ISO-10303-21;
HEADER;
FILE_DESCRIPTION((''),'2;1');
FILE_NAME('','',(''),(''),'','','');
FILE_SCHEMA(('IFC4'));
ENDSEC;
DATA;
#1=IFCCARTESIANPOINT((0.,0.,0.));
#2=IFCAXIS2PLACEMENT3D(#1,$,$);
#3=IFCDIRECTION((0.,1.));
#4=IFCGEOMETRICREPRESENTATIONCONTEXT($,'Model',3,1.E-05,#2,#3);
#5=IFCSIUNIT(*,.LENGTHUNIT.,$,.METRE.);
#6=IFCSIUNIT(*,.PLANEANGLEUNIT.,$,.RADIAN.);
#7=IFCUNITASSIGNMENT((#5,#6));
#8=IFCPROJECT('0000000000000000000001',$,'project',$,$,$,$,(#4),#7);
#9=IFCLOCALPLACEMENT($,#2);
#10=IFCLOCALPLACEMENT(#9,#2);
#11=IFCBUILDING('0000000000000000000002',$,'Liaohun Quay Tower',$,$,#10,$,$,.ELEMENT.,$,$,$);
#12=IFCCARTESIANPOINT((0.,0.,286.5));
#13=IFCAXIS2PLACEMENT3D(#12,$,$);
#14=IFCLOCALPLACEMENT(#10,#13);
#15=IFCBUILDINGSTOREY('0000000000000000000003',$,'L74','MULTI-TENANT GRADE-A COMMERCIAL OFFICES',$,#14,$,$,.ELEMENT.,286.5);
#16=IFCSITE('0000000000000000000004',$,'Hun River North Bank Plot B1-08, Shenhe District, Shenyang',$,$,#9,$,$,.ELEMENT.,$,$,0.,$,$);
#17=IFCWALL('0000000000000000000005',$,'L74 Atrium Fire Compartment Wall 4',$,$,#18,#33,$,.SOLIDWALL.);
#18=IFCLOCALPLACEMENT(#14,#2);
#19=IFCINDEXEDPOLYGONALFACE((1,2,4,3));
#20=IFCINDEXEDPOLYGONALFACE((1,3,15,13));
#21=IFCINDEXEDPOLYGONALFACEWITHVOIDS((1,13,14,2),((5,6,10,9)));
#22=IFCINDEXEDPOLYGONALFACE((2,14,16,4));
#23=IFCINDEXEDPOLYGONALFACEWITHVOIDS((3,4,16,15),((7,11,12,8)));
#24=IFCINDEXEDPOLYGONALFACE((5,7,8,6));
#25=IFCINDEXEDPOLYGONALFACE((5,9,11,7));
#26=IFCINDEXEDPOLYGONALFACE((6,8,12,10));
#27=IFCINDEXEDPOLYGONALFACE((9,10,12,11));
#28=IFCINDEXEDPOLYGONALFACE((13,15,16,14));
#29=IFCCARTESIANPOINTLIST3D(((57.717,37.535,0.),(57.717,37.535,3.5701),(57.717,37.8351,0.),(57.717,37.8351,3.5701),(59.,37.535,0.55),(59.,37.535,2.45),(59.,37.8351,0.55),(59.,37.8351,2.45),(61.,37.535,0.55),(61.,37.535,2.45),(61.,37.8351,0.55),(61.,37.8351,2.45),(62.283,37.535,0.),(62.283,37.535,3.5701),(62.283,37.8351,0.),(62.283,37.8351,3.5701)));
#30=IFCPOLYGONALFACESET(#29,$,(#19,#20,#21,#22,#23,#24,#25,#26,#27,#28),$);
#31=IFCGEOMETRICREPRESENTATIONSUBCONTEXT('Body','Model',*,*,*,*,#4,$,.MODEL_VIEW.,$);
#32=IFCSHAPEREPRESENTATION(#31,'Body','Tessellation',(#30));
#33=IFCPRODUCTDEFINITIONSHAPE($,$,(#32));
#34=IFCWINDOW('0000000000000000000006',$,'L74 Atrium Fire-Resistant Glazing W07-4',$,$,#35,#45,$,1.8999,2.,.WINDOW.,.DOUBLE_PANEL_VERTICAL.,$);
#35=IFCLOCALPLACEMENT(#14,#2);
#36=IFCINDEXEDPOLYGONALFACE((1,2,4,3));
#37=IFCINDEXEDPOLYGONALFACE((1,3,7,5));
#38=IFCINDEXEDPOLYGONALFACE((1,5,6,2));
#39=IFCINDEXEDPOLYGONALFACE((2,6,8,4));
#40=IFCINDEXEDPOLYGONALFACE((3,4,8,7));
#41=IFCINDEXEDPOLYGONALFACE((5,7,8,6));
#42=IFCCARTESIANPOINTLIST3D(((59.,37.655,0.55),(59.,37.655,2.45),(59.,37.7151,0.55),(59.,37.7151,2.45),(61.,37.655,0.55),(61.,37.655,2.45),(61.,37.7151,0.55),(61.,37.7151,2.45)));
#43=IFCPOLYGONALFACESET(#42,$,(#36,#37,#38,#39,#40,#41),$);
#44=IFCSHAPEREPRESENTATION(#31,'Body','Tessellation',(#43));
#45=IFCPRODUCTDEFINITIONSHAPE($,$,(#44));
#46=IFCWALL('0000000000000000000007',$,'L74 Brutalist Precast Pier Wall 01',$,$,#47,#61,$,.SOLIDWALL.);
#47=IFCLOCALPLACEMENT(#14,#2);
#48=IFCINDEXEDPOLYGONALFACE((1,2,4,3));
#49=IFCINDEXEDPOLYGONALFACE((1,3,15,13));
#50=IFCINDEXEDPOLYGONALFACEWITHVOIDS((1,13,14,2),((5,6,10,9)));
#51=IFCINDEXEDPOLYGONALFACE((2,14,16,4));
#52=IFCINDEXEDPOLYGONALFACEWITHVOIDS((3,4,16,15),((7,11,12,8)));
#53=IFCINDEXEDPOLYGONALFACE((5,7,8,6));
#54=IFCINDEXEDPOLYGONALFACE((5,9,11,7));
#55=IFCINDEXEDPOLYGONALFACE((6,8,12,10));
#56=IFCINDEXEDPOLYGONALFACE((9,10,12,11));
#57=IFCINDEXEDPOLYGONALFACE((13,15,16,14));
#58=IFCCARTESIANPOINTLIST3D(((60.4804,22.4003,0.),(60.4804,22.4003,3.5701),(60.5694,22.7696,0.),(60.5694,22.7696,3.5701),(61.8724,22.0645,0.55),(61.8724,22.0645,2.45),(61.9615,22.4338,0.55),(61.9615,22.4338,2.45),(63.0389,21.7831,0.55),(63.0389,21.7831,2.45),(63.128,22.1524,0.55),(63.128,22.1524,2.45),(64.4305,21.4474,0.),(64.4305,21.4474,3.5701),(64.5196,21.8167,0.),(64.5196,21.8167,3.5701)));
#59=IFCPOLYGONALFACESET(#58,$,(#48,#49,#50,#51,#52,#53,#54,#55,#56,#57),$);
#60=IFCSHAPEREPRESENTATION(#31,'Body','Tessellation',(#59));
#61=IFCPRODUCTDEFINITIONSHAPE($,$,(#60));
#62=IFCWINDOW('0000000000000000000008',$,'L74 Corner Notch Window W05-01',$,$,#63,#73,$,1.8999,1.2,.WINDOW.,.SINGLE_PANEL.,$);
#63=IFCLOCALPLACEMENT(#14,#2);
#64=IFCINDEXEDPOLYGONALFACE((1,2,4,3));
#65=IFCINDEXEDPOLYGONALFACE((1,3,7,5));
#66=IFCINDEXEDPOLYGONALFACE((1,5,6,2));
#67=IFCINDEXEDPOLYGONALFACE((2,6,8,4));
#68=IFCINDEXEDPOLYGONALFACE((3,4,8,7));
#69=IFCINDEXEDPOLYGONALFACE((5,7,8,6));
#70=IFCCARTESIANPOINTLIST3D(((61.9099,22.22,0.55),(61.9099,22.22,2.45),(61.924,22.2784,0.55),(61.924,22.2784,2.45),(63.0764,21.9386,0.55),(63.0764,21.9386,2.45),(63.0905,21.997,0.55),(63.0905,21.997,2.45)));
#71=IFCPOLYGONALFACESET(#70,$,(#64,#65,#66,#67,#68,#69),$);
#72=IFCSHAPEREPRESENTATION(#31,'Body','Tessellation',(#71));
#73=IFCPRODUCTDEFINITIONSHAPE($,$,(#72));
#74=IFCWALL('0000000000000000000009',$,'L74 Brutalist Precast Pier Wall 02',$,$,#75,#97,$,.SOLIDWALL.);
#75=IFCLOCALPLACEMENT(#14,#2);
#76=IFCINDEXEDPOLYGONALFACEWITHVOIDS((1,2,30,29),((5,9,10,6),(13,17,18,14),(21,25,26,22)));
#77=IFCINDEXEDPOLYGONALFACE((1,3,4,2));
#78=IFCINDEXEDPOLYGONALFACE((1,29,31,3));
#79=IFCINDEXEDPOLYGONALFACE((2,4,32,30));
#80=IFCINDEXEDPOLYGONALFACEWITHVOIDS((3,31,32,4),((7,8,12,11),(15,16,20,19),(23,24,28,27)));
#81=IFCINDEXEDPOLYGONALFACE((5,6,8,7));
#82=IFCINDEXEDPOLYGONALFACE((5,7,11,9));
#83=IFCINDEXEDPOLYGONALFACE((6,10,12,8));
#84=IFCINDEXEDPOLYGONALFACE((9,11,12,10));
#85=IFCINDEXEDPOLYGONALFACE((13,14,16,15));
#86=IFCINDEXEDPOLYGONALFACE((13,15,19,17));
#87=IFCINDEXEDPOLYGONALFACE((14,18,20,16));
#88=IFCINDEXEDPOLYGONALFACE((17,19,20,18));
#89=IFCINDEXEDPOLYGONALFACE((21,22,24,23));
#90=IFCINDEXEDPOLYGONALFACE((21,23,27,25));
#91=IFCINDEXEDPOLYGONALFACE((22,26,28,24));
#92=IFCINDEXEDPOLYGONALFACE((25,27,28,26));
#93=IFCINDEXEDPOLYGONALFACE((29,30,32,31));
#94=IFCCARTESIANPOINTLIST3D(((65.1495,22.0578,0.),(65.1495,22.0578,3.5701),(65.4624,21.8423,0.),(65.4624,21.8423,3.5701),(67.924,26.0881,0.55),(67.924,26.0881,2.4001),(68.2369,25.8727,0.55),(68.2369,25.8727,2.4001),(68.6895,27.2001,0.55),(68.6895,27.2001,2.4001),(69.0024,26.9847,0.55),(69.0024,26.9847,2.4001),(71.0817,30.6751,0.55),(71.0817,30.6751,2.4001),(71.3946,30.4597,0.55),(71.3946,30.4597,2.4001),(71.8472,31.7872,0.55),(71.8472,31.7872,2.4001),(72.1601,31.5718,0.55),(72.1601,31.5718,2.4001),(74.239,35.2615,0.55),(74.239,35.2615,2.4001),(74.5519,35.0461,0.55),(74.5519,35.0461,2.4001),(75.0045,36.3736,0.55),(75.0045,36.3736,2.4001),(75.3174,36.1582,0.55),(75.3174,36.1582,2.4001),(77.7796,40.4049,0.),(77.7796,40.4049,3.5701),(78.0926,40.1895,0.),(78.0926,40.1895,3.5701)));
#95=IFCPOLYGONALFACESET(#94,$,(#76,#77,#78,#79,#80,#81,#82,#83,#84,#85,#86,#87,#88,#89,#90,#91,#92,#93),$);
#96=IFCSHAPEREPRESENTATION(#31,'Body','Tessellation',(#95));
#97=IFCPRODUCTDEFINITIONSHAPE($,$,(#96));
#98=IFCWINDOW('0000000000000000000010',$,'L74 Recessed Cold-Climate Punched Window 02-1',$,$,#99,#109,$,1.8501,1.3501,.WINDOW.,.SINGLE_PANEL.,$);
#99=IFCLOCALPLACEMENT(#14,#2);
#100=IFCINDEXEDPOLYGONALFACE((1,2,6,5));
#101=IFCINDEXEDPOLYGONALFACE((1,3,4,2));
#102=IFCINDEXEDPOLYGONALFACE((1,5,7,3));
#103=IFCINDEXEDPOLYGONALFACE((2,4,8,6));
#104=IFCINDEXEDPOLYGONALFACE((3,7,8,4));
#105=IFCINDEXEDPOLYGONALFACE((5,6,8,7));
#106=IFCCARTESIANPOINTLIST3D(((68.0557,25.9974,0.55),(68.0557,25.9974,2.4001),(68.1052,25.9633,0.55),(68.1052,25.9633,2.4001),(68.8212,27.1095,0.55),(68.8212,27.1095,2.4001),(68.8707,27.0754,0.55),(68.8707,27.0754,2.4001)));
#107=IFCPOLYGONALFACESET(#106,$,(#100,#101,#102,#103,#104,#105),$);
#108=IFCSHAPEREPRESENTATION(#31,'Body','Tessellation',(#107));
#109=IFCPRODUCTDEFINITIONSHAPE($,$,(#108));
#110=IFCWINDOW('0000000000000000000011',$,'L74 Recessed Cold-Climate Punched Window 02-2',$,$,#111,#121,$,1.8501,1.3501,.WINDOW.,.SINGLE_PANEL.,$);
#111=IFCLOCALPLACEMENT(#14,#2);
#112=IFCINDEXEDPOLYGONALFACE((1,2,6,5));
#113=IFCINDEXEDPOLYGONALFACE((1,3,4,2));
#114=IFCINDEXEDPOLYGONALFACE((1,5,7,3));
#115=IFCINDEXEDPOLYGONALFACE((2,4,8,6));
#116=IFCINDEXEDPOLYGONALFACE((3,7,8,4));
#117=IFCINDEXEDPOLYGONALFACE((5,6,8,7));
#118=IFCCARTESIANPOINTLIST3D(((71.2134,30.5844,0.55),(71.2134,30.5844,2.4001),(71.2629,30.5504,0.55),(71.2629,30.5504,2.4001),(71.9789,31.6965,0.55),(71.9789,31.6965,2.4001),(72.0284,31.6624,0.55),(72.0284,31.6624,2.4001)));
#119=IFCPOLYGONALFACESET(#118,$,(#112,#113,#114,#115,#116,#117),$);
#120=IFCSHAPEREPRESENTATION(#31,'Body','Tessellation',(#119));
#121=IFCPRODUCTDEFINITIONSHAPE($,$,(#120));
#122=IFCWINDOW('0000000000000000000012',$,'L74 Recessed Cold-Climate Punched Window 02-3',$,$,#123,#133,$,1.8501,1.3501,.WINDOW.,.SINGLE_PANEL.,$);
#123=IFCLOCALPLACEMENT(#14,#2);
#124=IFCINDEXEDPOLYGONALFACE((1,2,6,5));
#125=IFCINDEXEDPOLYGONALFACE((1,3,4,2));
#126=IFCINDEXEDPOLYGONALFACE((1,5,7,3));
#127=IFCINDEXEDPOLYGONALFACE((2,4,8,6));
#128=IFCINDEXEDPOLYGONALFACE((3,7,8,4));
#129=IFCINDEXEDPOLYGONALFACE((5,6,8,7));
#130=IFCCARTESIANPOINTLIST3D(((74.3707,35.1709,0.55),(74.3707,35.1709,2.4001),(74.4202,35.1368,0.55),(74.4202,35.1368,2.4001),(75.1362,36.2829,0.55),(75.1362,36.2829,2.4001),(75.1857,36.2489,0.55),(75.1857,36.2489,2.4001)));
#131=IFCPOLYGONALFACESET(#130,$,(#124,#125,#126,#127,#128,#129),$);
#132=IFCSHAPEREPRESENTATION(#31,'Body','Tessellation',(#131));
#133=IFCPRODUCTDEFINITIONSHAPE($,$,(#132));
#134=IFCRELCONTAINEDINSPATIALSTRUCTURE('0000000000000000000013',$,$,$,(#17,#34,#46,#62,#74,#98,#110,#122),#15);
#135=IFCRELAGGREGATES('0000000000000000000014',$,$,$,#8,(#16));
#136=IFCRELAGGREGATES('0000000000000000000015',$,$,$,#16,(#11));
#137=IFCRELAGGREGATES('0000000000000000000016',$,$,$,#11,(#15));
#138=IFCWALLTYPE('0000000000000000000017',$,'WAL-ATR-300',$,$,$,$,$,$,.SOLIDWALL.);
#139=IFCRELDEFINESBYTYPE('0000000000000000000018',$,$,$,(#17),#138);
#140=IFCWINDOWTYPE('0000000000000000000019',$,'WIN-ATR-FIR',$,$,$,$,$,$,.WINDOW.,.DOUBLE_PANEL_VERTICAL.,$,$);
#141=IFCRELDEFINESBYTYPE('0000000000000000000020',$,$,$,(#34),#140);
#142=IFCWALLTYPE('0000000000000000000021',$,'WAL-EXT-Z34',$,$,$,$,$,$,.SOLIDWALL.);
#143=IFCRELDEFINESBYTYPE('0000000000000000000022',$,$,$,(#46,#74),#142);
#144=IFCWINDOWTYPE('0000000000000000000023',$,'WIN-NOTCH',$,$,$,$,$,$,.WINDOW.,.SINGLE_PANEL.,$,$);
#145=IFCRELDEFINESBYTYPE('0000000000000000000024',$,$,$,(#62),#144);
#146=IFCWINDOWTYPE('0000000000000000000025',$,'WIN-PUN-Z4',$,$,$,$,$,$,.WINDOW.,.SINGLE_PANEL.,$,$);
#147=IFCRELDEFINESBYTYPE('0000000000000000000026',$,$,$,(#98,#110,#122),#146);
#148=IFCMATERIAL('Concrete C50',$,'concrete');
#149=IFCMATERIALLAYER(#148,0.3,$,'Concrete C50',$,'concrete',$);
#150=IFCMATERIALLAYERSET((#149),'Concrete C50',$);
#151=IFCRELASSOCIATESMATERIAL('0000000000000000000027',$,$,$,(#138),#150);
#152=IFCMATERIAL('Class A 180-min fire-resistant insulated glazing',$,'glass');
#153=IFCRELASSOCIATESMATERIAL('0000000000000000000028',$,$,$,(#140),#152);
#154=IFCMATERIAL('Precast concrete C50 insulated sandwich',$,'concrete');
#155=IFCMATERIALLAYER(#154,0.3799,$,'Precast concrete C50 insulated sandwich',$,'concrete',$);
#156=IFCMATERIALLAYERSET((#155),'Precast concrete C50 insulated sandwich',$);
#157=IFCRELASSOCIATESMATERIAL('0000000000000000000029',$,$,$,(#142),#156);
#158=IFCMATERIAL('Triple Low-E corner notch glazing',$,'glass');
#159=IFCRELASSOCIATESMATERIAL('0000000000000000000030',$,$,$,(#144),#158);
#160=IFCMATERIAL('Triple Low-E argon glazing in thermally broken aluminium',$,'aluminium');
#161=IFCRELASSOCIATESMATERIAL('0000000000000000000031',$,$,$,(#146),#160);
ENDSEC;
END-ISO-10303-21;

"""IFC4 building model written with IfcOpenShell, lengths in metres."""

from ifc_helpers import new_model, si_unit, direction, frame, frame_2d, origin, place, context, subcontext, project, spatial, rectangle, extrude, source, transform, mapped, material, layer, layer_set, type_object, element, fill, save


model = new_model("IFC4")

# Units and contexts
model_context = context("Model", 3, precision=1e-05, world=origin(), true_north=direction((0.0, 1.0)))
body_context = subcontext(model_context, "Body", "Model", "MODEL_VIEW")
ifc_project = project(units=[si_unit("LENGTHUNIT", "METRE"), si_unit("PLANEANGLEUNIT", "RADIAN")], contexts=[model_context])

# Site, building, storey
site_placement = place(None, origin())
site = spatial("IfcSite", under=ifc_project, at=site_placement, Name="Hun River North Bank Plot B1-08, Shenhe District, Shenyang", CompositionType="ELEMENT", RefElevation=0.0)
building_placement = place(site_placement, origin())
building = spatial("IfcBuilding", under=site, at=building_placement, Name="Liaohun Quay Tower", CompositionType="ELEMENT")
storey_placement = place(building_placement, frame((0.0, 0.0, 286.5)))
storey = spatial("IfcBuildingStorey", under=building, at=storey_placement, Name="L74", Description="MULTI-TENANT GRADE-A COMMERCIAL OFFICES", CompositionType="ELEMENT", Elevation=286.5)

# Shared definitions
ifc_material_1 = material(Name="Concrete C50", Category="concrete")

# Walls, openings, windows
ifc_layer_1 = layer(ifc_material_1, 0.3, Name="Concrete C50", Category="concrete")
ifc_layer_set_1 = layer_set([ifc_layer_1], Name="Concrete C50")
wall_type_1 = type_object("IfcWallType", Name="WAL-ATR-300", PredefinedType="SOLIDWALL", material=ifc_layer_set_1)
shared_shape_1 = source(origin(), body_context, "Body", "SweptSolid", [
    extrude(rectangle(XDim=2.0, YDim=1.8999, at=frame_2d((1.0, 0.95))), frame((0.0, 0.1599, 0.0), z_axis=(0.0, -1.0, 0.0), x_axis=(1.0, 0.0, 0.0)), (0.0, 0.0, 1.0), 0.3201),
])
ifc_material_2 = material(Name="Class A 180-min fire-resistant insulated glazing", Category="glass")
window_type_1 = type_object("IfcWindowType", Name="WIN-ATR-FIR", PartitioningType="DOUBLE_PANEL_VERTICAL", PredefinedType="WINDOW", material=ifc_material_2)
shared_shape_2 = source(origin(), body_context, "Body", "SweptSolid", [
    extrude(rectangle(XDim=2.0, YDim=1.8999, at=frame_2d((1.0, 0.95))), frame((0.0, 0.03, 0.0), z_axis=(0.0, -1.0, 0.0), x_axis=(1.0, 0.0, 0.0)), (0.0, 0.0, 1.0), 0.0601),
])
wall_1_placement = place(storey_placement, frame((62.283, 37.6851, 0.0), z_axis=(0.0, 0.0, 1.0), x_axis=(-1.0, 0.0, 0.0)))
wall_1 = element("IfcWall", 1, at=wall_1_placement, inside=storey, type_object=wall_type_1, Name="L74 Atrium Fire Compartment Wall 4", PredefinedType="SOLIDWALL", context=body_context, shape_type="SweptSolid", body=[
    extrude(rectangle(XDim=4.5659, YDim=0.3, at=frame_2d((2.283, 0.0))), origin(), (0.0, 0.0, 1.0), 3.5701),
])
opening_1_placement = place(wall_1_placement, frame((1.283, 0.0, 0.55)))
opening_1 = element("IfcOpeningElement", 2, at=opening_1_placement, cuts=wall_1, PredefinedType="OPENING", context=body_context, shape_type="MappedRepresentation", body=[
    mapped(shared_shape_1, transform((0.0, 0.0, 0.0), x_axis=(1.0, 0.0, 0.0), y_axis=(0.0, 1.0, 0.0), z_axis=(0.0, 0.0, 1.0), scale=1.0)),
])
window_1_placement = place(opening_1_placement, origin())
window_1 = element("IfcWindow", 3, at=window_1_placement, inside=storey, type_object=window_type_1, Name="L74 Atrium Fire-Resistant Glazing W07-4", OverallHeight=1.8999, OverallWidth=2.0, PartitioningType="DOUBLE_PANEL_VERTICAL", PredefinedType="WINDOW", context=body_context, shape_type="MappedRepresentation", body=[
    mapped(shared_shape_2, transform((0.0, 0.0, 0.0), x_axis=(1.0, 0.0, 0.0), y_axis=(0.0, 1.0, 0.0), z_axis=(0.0, 0.0, 1.0), scale=1.0)),
])
fill(opening_1, window_1)
ifc_material_3 = material(Name="Precast concrete C50 insulated sandwich", Category="concrete")
ifc_layer_2 = layer(ifc_material_3, 0.3799, Name="Precast concrete C50 insulated sandwich", Category="concrete")
ifc_layer_set_2 = layer_set([ifc_layer_2], Name="Precast concrete C50 insulated sandwich")
wall_type_2 = type_object("IfcWallType", Name="WAL-EXT-Z34", PredefinedType="SOLIDWALL", material=ifc_layer_set_2)
wall_2_placement = place(storey_placement, frame((60.5249, 22.585, 0.0), z_axis=(0.0, 0.0, 1.0), x_axis=(0.972117, -0.234498, 0.0)))
wall_2 = element("IfcWall", 4, at=wall_2_placement, inside=storey, type_object=wall_type_2, Name="L74 Brutalist Precast Pier Wall 01", PredefinedType="SOLIDWALL", context=body_context, shape_type="SweptSolid", body=[
    extrude(rectangle(XDim=4.0635, YDim=0.3799, at=frame_2d((2.0317, 0.0))), origin(), (0.0, 0.0, 1.0), 3.5701),
])
shared_shape_3 = source(origin(), body_context, "Body", "SweptSolid", [
    extrude(rectangle(XDim=1.2, YDim=1.8999, at=frame_2d((0.6001, 0.95))), frame((0.0, 0.2, 0.0), z_axis=(0.0, -1.0, 0.0), x_axis=(1.0, 0.0, 0.0)), (0.0, 0.0, 1.0), 0.3999),
])
opening_2_placement = place(wall_2_placement, frame((1.4319, 0.0, 0.55)))
opening_2 = element("IfcOpeningElement", 5, at=opening_2_placement, cuts=wall_2, PredefinedType="OPENING", context=body_context, shape_type="MappedRepresentation", body=[
    mapped(shared_shape_3, transform((0.0, 0.0, 0.0), x_axis=(1.0, 0.0, 0.0), y_axis=(0.0, 1.0, 0.0), z_axis=(0.0, 0.0, 1.0), scale=1.0)),
])
ifc_material_4 = material(Name="Triple Low-E corner notch glazing", Category="glass")
window_type_2 = type_object("IfcWindowType", Name="WIN-NOTCH", PartitioningType="SINGLE_PANEL", PredefinedType="WINDOW", material=ifc_material_4)
shared_shape_4 = source(origin(), body_context, "Body", "SweptSolid", [
    extrude(rectangle(XDim=1.2, YDim=1.8999, at=frame_2d((0.6001, 0.95))), frame((0.0, 0.03, 0.0), z_axis=(0.0, -1.0, 0.0), x_axis=(1.0, 0.0, 0.0)), (0.0, 0.0, 1.0), 0.0601),
])
window_2_placement = place(opening_2_placement, origin())
window_2 = element("IfcWindow", 6, at=window_2_placement, inside=storey, type_object=window_type_2, Name="L74 Corner Notch Window W05-01", OverallHeight=1.8999, OverallWidth=1.2, PartitioningType="SINGLE_PANEL", PredefinedType="WINDOW", context=body_context, shape_type="MappedRepresentation", body=[
    mapped(shared_shape_4, transform((0.0, 0.0, 0.0), x_axis=(1.0, 0.0, 0.0), y_axis=(0.0, 1.0, 0.0), z_axis=(0.0, 0.0, 1.0), scale=1.0)),
])
fill(opening_2, window_2)

# Wall, openings, windows
wall_3_placement = place(storey_placement, frame((65.3059, 21.95, 0.0), z_axis=(0.0, 0.0, 1.0), x_axis=(0.56703, 0.823697, 0.0)))
wall_3 = element("IfcWall", 7, at=wall_3_placement, inside=storey, type_object=wall_type_2, Name="L74 Brutalist Precast Pier Wall 02", PredefinedType="SOLIDWALL", context=body_context, shape_type="SweptSolid", body=[
    extrude(rectangle(XDim=22.2742, YDim=0.3799, at=frame_2d((11.1372, 0.0))), origin(), (0.0, 0.0, 1.0), 3.5701),
])
shared_shape_5 = source(origin(), body_context, "Body", "SweptSolid", [
    extrude(rectangle(XDim=1.3501, YDim=1.8501, at=frame_2d((0.675, 0.925))), frame((0.0, 0.2, 0.0), z_axis=(0.0, -1.0, 0.0), x_axis=(1.0, 0.0, 0.0)), (0.0, 0.0, 1.0), 0.3999),
])
opening_3_placement = place(wall_3_placement, frame((4.8931, 0.0, 0.55)))
opening_3 = element("IfcOpeningElement", 8, at=opening_3_placement, cuts=wall_3, PredefinedType="OPENING", context=body_context, shape_type="MappedRepresentation", body=[
    mapped(shared_shape_5, transform((0.0, 0.0, 0.0), x_axis=(1.0, 0.0, 0.0), y_axis=(0.0, 1.0, 0.0), z_axis=(0.0, 0.0, 1.0), scale=1.0)),
])
opening_4_placement = place(wall_3_placement, frame((10.4619, 0.0, 0.55)))
opening_4 = element("IfcOpeningElement", 9, at=opening_4_placement, cuts=wall_3, PredefinedType="OPENING", context=body_context, shape_type="MappedRepresentation", body=[
    mapped(shared_shape_5, transform((0.0, 0.0, 0.0), x_axis=(1.0, 0.0, 0.0), y_axis=(0.0, 1.0, 0.0), z_axis=(0.0, 0.0, 1.0), scale=1.0)),
])
opening_5_placement = place(wall_3_placement, frame((16.03, 0.0, 0.55)))
opening_5 = element("IfcOpeningElement", 10, at=opening_5_placement, cuts=wall_3, PredefinedType="OPENING", context=body_context, shape_type="MappedRepresentation", body=[
    mapped(shared_shape_5, transform((0.0, 0.0, 0.0), x_axis=(1.0, 0.0, 0.0), y_axis=(0.0, 1.0, 0.0), z_axis=(0.0, 0.0, 1.0), scale=1.0)),
])
ifc_material_5 = material(Name="Triple Low-E argon glazing in thermally broken aluminium", Category="aluminium")
window_type_3 = type_object("IfcWindowType", Name="WIN-PUN-Z4", PartitioningType="SINGLE_PANEL", PredefinedType="WINDOW", material=ifc_material_5)
shared_shape_6 = source(origin(), body_context, "Body", "SweptSolid", [
    extrude(rectangle(XDim=1.3501, YDim=1.8501, at=frame_2d((0.675, 0.925))), frame((0.0, 0.03, 0.0), z_axis=(0.0, -1.0, 0.0), x_axis=(1.0, 0.0, 0.0)), (0.0, 0.0, 1.0), 0.0601),
])
window_3_placement = place(opening_3_placement, origin())
window_3 = element("IfcWindow", 11, at=window_3_placement, inside=storey, type_object=window_type_3, Name="L74 Recessed Cold-Climate Punched Window 02-1", OverallHeight=1.8501, OverallWidth=1.3501, PartitioningType="SINGLE_PANEL", PredefinedType="WINDOW", context=body_context, shape_type="MappedRepresentation", body=[
    mapped(shared_shape_6, transform((0.0, 0.0, 0.0), x_axis=(1.0, 0.0, 0.0), y_axis=(0.0, 1.0, 0.0), z_axis=(0.0, 0.0, 1.0), scale=1.0)),
])
fill(opening_3, window_3)
window_4_placement = place(opening_4_placement, origin())
window_4 = element("IfcWindow", 12, at=window_4_placement, inside=storey, type_object=window_type_3, Name="L74 Recessed Cold-Climate Punched Window 02-2", OverallHeight=1.8501, OverallWidth=1.3501, PartitioningType="SINGLE_PANEL", PredefinedType="WINDOW", context=body_context, shape_type="MappedRepresentation", body=[
    mapped(shared_shape_6, transform((0.0, 0.0, 0.0), x_axis=(1.0, 0.0, 0.0), y_axis=(0.0, 1.0, 0.0), z_axis=(0.0, 0.0, 1.0), scale=1.0)),
])
fill(opening_4, window_4)
window_5_placement = place(opening_5_placement, origin())
window_5 = element("IfcWindow", 13, at=window_5_placement, inside=storey, type_object=window_type_3, Name="L74 Recessed Cold-Climate Punched Window 02-3", OverallHeight=1.8501, OverallWidth=1.3501, PartitioningType="SINGLE_PANEL", PredefinedType="WINDOW", context=body_context, shape_type="MappedRepresentation", body=[
    mapped(shared_shape_6, transform((0.0, 0.0, 0.0), x_axis=(1.0, 0.0, 0.0), y_axis=(0.0, 1.0, 0.0), z_axis=(0.0, 0.0, 1.0), scale=1.0)),
])
fill(opening_5, window_5)

save(model, "model.ifc")
